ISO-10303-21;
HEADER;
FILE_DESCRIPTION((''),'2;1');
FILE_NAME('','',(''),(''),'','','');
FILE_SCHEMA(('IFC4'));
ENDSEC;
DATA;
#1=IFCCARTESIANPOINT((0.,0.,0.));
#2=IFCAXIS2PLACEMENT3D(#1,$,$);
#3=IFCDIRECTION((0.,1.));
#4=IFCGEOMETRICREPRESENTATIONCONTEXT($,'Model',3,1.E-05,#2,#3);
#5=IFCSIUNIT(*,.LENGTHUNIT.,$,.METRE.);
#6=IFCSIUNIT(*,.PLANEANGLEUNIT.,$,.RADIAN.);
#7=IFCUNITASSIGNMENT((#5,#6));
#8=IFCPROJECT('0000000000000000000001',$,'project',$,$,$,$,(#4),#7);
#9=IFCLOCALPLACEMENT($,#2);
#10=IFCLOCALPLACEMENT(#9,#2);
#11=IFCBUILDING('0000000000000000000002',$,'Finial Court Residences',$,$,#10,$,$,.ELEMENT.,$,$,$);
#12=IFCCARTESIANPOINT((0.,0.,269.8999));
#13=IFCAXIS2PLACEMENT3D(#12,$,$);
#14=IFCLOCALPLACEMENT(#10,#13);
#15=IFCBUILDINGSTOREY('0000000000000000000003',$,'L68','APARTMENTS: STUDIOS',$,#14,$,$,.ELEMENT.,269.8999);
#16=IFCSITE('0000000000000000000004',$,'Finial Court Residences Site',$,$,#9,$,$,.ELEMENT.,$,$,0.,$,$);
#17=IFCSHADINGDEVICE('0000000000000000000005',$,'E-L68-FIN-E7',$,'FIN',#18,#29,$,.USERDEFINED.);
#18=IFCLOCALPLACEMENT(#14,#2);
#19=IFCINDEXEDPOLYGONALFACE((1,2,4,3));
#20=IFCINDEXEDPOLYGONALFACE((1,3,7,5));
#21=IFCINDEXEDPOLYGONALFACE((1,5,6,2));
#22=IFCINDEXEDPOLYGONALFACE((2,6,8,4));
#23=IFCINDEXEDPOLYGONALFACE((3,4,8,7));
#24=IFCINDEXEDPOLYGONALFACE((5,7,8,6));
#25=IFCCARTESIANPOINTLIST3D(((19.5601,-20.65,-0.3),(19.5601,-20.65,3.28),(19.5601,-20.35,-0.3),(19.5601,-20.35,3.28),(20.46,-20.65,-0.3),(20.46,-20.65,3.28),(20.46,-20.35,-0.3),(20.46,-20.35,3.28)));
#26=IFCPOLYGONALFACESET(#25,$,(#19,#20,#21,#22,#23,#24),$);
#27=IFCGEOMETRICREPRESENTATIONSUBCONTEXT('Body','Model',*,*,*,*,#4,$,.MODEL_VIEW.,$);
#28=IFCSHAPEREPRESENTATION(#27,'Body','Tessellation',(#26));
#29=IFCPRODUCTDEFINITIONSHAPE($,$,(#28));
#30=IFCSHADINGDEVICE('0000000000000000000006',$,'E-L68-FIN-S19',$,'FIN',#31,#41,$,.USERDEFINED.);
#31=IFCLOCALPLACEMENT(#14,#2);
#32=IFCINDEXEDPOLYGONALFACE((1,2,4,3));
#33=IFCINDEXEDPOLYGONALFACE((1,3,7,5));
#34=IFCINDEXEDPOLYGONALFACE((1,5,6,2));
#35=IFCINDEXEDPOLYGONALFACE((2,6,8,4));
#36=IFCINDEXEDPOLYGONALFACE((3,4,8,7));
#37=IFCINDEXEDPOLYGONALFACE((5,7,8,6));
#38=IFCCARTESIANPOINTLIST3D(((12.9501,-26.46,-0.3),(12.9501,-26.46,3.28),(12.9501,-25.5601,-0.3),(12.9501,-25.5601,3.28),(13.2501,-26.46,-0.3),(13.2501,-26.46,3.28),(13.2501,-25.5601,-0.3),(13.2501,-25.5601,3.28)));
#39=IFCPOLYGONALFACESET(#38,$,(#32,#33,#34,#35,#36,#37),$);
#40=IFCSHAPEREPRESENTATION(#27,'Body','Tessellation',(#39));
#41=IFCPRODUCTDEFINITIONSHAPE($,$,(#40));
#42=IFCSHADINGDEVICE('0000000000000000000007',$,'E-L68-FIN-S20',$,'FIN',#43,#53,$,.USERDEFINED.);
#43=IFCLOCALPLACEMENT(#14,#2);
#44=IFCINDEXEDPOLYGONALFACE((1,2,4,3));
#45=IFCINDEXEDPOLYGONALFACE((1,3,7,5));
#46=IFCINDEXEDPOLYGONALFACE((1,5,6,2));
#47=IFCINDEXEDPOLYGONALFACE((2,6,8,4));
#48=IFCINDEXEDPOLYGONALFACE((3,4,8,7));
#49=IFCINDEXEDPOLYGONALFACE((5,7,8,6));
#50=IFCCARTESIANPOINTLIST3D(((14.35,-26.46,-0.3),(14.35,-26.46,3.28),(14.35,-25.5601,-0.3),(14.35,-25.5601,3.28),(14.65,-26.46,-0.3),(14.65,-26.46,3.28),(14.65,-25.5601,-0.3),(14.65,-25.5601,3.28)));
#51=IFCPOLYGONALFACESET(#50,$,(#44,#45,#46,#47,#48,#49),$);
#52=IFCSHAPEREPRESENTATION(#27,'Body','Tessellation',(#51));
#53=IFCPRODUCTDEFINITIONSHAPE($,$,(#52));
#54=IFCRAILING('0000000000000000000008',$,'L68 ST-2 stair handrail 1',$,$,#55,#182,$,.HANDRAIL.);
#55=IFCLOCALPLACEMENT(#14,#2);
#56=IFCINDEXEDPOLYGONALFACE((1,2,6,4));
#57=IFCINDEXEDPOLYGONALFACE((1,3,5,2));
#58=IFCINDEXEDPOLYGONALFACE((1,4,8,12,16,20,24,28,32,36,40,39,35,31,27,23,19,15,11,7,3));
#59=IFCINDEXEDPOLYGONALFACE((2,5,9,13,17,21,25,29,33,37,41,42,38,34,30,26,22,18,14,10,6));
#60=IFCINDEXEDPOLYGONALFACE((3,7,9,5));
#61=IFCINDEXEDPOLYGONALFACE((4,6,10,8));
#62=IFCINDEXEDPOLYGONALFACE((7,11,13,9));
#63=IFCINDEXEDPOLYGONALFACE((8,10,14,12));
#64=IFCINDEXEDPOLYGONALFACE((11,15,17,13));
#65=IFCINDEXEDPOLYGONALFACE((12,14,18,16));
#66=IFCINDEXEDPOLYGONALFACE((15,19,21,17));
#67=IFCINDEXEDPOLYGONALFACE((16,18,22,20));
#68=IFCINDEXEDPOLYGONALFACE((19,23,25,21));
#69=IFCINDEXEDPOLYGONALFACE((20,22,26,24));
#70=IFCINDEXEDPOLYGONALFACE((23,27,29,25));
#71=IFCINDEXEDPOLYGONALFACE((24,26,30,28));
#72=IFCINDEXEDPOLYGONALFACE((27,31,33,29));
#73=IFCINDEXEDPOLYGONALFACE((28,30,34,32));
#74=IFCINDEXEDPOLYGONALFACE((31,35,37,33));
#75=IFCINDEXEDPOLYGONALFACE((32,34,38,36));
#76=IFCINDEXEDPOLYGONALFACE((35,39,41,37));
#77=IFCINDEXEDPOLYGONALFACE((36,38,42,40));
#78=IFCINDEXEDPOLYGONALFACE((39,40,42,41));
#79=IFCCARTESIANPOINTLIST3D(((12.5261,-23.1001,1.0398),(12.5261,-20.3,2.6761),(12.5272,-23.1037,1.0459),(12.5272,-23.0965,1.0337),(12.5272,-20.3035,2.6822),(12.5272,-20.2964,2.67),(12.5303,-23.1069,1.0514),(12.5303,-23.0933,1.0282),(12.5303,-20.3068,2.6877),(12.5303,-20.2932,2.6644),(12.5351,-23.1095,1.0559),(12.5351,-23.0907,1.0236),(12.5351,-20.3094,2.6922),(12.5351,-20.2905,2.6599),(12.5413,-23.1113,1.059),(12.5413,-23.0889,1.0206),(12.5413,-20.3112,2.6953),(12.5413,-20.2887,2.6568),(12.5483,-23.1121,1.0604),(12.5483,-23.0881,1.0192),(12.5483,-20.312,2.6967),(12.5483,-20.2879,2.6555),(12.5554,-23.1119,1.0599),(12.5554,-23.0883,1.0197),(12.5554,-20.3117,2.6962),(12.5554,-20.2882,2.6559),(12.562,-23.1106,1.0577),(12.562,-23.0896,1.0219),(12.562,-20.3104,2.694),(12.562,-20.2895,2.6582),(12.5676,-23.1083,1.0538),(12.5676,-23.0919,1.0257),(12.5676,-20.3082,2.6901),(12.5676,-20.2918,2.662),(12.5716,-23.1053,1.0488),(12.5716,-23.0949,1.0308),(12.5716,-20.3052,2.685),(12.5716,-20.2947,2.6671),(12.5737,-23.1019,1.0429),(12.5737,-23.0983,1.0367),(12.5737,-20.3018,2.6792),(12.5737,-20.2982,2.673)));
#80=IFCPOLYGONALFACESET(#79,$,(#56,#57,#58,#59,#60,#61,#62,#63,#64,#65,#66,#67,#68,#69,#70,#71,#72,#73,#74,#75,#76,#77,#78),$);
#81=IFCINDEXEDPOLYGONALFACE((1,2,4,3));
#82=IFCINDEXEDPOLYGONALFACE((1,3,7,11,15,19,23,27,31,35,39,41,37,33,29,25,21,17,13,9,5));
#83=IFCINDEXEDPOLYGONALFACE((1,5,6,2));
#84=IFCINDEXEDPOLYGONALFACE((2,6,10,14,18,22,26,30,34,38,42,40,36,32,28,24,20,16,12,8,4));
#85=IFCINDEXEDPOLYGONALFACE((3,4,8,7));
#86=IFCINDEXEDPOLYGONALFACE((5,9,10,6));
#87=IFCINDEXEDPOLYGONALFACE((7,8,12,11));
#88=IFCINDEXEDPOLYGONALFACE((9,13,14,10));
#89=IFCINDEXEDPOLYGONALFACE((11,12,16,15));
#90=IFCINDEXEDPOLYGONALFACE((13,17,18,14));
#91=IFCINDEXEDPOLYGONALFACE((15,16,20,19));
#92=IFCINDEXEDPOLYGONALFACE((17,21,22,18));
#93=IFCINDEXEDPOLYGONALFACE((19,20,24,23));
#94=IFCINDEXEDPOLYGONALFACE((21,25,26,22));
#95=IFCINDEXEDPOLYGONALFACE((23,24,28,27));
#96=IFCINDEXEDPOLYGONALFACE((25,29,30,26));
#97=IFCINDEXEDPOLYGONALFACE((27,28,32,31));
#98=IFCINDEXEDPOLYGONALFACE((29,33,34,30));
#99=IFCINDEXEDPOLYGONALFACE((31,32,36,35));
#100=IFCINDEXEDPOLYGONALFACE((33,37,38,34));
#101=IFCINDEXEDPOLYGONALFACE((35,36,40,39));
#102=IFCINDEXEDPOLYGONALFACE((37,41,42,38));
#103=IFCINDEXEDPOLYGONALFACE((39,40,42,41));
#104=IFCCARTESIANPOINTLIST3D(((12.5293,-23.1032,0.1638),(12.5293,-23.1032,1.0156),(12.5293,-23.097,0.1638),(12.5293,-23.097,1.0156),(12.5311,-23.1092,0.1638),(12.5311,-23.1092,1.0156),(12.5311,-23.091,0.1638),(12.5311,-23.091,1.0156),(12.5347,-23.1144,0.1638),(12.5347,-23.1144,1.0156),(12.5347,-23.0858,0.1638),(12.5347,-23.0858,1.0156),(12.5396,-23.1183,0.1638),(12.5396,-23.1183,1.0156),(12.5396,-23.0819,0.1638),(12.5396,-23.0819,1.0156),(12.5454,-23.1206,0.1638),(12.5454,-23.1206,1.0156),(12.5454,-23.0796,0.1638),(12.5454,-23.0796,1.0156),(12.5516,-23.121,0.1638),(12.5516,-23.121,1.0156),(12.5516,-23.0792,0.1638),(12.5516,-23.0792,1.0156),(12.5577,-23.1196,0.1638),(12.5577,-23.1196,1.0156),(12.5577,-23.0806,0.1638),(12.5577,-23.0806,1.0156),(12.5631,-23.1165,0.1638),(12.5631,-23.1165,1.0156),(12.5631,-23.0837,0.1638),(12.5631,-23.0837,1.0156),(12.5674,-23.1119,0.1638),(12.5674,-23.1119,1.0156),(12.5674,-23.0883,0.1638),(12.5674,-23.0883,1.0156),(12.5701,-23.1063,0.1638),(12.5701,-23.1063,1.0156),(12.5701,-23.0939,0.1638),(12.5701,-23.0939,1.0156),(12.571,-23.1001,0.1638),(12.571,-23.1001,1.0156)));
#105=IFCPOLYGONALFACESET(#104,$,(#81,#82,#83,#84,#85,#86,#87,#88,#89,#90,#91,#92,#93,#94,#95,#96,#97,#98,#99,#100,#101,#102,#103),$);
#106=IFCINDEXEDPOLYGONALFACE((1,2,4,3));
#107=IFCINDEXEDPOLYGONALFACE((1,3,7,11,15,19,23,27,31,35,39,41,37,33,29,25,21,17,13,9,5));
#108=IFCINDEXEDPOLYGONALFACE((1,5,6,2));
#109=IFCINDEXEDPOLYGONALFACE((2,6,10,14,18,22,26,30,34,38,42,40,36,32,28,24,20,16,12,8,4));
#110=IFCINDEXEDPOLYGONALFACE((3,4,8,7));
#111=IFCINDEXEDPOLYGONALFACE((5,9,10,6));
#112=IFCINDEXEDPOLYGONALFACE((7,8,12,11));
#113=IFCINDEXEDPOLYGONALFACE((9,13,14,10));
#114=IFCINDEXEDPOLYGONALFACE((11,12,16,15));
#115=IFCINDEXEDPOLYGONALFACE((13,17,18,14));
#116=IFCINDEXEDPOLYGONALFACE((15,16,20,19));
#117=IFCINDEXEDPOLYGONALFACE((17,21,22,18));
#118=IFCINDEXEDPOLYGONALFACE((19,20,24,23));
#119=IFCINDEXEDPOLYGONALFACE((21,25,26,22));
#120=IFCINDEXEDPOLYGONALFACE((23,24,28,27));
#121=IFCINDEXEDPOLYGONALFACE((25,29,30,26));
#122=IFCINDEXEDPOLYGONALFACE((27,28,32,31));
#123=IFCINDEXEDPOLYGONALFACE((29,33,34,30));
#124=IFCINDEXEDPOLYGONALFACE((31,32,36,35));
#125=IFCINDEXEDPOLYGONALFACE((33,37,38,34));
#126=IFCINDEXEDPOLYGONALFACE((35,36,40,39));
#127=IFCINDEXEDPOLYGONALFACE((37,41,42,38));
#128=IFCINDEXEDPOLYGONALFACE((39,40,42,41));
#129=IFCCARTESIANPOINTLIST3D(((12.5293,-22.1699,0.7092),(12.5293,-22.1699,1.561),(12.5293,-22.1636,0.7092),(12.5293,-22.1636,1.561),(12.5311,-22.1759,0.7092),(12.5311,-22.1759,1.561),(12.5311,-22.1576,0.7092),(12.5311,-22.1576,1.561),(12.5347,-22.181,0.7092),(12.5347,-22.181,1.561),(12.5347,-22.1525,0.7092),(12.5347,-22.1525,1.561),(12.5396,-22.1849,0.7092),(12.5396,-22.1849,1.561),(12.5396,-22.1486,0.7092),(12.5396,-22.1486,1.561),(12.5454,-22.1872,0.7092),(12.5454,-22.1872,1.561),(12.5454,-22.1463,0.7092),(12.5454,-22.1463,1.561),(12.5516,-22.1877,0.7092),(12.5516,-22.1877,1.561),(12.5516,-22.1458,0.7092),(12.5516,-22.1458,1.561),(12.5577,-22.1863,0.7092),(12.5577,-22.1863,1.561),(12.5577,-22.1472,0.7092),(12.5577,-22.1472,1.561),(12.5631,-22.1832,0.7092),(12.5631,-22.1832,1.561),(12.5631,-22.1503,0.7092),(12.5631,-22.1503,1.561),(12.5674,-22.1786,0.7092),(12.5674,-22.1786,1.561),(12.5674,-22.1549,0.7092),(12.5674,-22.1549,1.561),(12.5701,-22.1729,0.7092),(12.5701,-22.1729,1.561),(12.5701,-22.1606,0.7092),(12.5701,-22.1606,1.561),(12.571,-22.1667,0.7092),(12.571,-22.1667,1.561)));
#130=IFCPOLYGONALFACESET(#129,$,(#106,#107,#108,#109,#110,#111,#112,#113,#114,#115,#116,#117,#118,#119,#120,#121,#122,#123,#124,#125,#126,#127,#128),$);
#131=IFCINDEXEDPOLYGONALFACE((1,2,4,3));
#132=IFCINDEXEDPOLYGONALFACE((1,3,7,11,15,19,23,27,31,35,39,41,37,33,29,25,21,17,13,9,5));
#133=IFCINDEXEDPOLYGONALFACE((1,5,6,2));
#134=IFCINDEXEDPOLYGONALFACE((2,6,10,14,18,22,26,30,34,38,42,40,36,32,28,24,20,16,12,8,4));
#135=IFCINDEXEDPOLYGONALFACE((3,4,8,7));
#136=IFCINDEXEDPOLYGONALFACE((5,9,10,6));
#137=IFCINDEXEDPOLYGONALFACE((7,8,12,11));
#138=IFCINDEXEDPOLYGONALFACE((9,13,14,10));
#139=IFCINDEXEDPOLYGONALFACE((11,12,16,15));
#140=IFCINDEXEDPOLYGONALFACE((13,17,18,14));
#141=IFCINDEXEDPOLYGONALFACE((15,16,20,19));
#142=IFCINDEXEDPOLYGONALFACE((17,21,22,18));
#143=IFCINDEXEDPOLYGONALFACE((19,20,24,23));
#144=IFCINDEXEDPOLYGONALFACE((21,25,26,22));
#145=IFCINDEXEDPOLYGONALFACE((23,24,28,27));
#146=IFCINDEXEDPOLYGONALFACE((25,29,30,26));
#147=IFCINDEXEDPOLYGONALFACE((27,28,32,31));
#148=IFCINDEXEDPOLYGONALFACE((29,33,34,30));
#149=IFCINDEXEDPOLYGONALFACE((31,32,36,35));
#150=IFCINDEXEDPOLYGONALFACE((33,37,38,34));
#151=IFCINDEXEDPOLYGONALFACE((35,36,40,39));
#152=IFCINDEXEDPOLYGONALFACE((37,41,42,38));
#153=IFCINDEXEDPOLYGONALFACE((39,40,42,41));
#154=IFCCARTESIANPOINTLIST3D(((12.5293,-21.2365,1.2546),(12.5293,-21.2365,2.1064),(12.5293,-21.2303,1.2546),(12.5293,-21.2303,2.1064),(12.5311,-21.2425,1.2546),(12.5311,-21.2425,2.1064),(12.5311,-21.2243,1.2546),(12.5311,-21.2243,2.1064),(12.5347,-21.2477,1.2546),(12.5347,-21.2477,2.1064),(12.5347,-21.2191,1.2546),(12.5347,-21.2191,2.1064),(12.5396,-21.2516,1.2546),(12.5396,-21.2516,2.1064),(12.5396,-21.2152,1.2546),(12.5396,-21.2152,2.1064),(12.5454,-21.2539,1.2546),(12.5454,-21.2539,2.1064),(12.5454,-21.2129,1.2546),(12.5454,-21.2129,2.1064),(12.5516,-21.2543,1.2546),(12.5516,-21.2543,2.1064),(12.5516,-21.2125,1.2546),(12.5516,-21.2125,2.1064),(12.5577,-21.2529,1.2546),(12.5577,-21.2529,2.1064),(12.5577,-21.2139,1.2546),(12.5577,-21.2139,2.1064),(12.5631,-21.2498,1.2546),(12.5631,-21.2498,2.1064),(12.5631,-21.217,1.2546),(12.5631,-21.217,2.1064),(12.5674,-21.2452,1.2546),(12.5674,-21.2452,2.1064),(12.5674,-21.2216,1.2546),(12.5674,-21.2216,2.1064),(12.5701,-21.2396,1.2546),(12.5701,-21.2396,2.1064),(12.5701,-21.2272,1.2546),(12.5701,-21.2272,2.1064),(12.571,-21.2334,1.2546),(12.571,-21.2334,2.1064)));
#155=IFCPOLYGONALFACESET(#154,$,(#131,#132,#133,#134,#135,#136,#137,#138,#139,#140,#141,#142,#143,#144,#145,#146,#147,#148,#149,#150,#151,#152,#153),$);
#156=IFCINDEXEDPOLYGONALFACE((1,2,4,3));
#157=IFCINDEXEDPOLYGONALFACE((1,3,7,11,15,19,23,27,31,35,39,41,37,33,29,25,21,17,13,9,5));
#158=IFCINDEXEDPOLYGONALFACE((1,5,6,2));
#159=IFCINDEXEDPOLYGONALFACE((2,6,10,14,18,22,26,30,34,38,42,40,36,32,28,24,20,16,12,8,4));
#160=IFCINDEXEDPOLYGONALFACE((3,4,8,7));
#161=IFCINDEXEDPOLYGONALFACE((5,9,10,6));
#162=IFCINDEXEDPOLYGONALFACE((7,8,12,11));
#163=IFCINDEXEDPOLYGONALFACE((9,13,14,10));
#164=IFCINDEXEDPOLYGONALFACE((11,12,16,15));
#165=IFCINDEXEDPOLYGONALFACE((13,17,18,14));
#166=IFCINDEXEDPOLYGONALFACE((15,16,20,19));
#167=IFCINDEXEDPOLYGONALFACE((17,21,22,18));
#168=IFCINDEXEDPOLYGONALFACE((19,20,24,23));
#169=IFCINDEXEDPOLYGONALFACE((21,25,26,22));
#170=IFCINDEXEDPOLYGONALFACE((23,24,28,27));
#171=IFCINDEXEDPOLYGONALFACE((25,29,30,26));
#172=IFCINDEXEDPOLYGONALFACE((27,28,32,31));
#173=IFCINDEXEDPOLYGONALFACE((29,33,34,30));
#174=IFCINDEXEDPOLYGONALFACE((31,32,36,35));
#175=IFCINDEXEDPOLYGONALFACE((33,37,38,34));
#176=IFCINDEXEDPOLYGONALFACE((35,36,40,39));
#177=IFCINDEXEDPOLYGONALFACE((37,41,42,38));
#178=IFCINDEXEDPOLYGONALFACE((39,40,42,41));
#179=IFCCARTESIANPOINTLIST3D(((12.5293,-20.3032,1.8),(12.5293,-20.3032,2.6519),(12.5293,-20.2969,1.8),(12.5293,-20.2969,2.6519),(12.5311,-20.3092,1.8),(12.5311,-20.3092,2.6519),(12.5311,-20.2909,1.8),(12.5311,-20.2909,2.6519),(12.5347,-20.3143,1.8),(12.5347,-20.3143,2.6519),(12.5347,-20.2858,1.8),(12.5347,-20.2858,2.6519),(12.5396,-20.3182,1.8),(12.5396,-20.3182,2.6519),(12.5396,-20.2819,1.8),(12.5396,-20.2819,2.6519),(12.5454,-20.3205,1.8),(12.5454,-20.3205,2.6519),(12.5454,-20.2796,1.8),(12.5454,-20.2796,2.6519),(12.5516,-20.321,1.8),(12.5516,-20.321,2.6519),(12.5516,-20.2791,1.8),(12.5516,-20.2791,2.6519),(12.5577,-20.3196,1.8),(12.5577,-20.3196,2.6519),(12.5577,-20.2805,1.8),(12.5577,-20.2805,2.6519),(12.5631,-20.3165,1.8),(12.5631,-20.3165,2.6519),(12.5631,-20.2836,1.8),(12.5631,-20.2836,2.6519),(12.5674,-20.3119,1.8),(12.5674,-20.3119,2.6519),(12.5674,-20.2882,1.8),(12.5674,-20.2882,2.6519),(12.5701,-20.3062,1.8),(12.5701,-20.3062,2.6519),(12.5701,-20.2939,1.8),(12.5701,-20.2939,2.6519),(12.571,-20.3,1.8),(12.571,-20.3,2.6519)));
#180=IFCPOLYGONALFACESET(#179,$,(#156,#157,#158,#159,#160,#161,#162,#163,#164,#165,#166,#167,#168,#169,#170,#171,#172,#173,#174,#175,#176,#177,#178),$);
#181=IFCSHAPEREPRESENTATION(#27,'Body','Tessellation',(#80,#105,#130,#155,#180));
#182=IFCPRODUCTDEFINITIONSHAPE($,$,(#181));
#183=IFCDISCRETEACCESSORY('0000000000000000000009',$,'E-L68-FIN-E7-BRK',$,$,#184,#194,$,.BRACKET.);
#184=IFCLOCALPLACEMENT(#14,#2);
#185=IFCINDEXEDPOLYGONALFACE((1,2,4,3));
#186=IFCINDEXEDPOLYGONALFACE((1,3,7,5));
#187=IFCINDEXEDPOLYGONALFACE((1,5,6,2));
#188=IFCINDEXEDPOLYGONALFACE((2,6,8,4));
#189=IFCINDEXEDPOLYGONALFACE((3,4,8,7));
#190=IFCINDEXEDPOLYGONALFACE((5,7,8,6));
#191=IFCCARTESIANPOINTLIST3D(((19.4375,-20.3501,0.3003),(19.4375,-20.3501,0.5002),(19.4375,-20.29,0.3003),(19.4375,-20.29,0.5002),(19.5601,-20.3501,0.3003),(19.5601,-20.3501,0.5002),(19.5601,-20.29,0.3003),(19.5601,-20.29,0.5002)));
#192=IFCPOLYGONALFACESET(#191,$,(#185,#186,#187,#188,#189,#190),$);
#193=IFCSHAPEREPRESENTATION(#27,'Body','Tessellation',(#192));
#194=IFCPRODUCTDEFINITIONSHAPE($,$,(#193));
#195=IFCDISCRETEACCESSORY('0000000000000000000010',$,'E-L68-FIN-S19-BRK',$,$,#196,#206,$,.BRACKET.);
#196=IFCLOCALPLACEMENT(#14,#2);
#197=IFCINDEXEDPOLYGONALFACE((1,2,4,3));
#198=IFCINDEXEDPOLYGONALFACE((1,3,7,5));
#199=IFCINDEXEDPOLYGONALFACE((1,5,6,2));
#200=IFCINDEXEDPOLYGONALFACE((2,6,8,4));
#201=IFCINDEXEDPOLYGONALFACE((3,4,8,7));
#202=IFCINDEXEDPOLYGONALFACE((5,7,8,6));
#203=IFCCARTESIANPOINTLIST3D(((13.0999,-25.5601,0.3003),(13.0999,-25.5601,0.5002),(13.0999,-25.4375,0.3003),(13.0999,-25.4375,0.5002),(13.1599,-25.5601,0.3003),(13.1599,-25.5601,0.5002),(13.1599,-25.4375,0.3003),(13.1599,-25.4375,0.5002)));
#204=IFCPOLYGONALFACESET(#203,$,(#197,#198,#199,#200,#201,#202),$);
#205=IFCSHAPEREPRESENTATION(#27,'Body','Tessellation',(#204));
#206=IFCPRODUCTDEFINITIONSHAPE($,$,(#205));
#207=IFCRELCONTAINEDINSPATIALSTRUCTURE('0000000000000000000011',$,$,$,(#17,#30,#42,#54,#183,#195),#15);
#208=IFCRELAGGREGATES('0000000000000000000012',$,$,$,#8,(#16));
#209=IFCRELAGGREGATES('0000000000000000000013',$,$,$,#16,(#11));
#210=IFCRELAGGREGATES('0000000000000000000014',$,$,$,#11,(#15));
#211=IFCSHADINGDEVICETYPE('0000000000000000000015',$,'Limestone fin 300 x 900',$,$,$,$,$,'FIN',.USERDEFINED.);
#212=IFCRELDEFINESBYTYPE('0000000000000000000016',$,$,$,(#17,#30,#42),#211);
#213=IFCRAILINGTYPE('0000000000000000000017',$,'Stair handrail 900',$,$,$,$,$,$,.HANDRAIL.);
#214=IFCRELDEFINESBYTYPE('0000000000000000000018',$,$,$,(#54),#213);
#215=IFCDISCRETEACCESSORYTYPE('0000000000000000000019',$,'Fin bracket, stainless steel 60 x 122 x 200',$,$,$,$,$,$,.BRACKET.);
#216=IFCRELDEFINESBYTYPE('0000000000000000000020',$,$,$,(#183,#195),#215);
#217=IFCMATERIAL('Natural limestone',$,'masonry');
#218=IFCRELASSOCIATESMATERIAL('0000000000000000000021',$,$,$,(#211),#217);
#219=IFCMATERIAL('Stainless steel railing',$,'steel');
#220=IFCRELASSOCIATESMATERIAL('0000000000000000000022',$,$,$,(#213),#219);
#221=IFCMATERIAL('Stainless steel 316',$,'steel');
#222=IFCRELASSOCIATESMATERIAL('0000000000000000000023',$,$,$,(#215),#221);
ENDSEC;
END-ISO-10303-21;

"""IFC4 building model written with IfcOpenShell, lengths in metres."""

from ifc_helpers import new_model, si_unit, direction, frame, origin, origin_2d, place, context, subcontext, project, spatial, rectangle, circle, extrude, material, type_object, element, save


model = new_model("IFC4")

# Units and contexts
model_context = context("Model", 3, precision=1e-05, world=origin(), true_north=direction((0.0, 1.0)))
body_context = subcontext(model_context, "Body", "Model", "MODEL_VIEW")
ifc_project = project(units=[si_unit("LENGTHUNIT", "METRE"), si_unit("PLANEANGLEUNIT", "RADIAN")], contexts=[model_context])

# Site, building, storey
site_placement = place(None, origin())
site = spatial("IfcSite", under=ifc_project, at=site_placement, Name="Finial Court Residences Site", CompositionType="ELEMENT", RefElevation=0.0)
building_placement = place(site_placement, origin())
building = spatial("IfcBuilding", under=site, at=building_placement, Name="Finial Court Residences", CompositionType="ELEMENT")
storey_placement = place(building_placement, frame((0.0, 0.0, 269.8999)))
storey = spatial("IfcBuildingStorey", under=building, at=storey_placement, Name="L68", Description="APARTMENTS: STUDIOS", CompositionType="ELEMENT", Elevation=269.8999)

# Shared definitions
ifc_material_1 = material(Name="Natural limestone", Category="masonry")

# Shading devices
shading_device_type = type_object("IfcShadingDeviceType", Name="Limestone fin 300 x 900", ElementType="FIN", PredefinedType="USERDEFINED", material=ifc_material_1)
shading_device_placement = place(storey_placement, frame((20.01, -20.5, -0.3), z_axis=(0.0, 0.0, 1.0), x_axis=(1.0, 0.0, 0.0)))
element("IfcShadingDevice", 1, at=shading_device_placement, inside=storey, type_object=shading_device_type, Name="E-L68-FIN-E7", ObjectType="FIN", PredefinedType="USERDEFINED", context=body_context, shape_type="SweptSolid", body=[
    extrude(rectangle(XDim=0.8999, YDim=0.3, at=origin_2d()), origin(), (0.0, 0.0, 1.0), 3.5801),
])
for number, where, z_axis, x_axis, name in (
    (2, (13.1001, -26.01, -0.3), (0.0, 0.0, 1.0), (1.0, 0.0, 0.0), "E-L68-FIN-S19"),
    (3, (14.5, -26.01, -0.3), (0.0, 0.0, 1.0), (1.0, 0.0, 0.0), "E-L68-FIN-S20"),
):
    element("IfcShadingDevice", number, at=place(storey_placement, frame(where, z_axis=z_axis, x_axis=x_axis)), inside=storey, type_object=shading_device_type, Name=name, ObjectType="FIN", PredefinedType="USERDEFINED", context=body_context, shape_type="SweptSolid", body=[
        extrude(rectangle(XDim=0.3, YDim=0.8999, at=origin_2d()), origin(), (0.0, 0.0, 1.0), 3.5801),
    ])

# Railing
ifc_material_2 = material(Name="Stainless steel railing", Category="steel")
railing_type = type_object("IfcRailingType", Name="Stair handrail 900", PredefinedType="HANDRAIL", material=ifc_material_2)
railing_placement = place(storey_placement, frame((12.55, -23.1001, 0.1638)))
element("IfcRailing", 4, at=railing_placement, inside=storey, type_object=railing_type, Name="L68 ST-2 stair handrail 1", PredefinedType="HANDRAIL", context=body_context, shape_type="SweptSolid", body=[
    extrude(circle(Radius=0.0239, at=origin_2d()), frame((0.0, 0.0, 0.876), z_axis=(0.0, 0.863394, 0.504531), x_axis=(-1.0, 0.0, 0.0)), (0.0, 0.0, 1.0), 3.2432),
    extrude(circle(Radius=0.021, at=origin_2d()), origin(), (0.0, 0.0, 1.0), 0.8518),
    extrude(circle(Radius=0.021, at=origin_2d()), frame((0.0, 0.9333, 0.5454)), (0.0, 0.0, 1.0), 0.8518),
    extrude(circle(Radius=0.021, at=origin_2d()), frame((0.0, 1.8667, 1.0908)), (0.0, 0.0, 1.0), 0.8518),
    extrude(circle(Radius=0.021, at=origin_2d()), frame((0.0, 2.8, 1.6362)), (0.0, 0.0, 1.0), 0.8518),
])

# Discrete accessories
ifc_material_3 = material(Name="Stainless steel 316", Category="steel")
discrete_accessory_type = type_object("IfcDiscreteAccessoryType", Name="Fin bracket, stainless steel 60 x 122 x 200", PredefinedType="BRACKET", material=ifc_material_3)
discrete_accessory_placement = place(storey_placement, frame((19.4988, -20.3201, 0.3003), z_axis=(0.0, 0.0, 1.0), x_axis=(1.0, 0.0, 0.0)))
element("IfcDiscreteAccessory", 5, at=discrete_accessory_placement, inside=storey, type_object=discrete_accessory_type, Name="E-L68-FIN-E7-BRK", PredefinedType="BRACKET", context=body_context, shape_type="SweptSolid", body=[
    extrude(rectangle(XDim=0.1226, YDim=0.0601, at=origin_2d()), origin(), (0.0, 0.0, 1.0), 0.2),
])
for number, where, z_axis, x_axis, name in (
    (6, (13.1299, -25.4988, 0.3003), (0.0, 0.0, 1.0), (1.0, 0.0, 0.0), "E-L68-FIN-S19-BRK"),
):
    element("IfcDiscreteAccessory", number, at=place(storey_placement, frame(where, z_axis=z_axis, x_axis=x_axis)), inside=storey, type_object=discrete_accessory_type, Name=name, PredefinedType="BRACKET", context=body_context, shape_type="SweptSolid", body=[
        extrude(rectangle(XDim=0.0601, YDim=0.1226, at=origin_2d()), origin(), (0.0, 0.0, 1.0), 0.2),
    ])

save(model, "model.ifc")
